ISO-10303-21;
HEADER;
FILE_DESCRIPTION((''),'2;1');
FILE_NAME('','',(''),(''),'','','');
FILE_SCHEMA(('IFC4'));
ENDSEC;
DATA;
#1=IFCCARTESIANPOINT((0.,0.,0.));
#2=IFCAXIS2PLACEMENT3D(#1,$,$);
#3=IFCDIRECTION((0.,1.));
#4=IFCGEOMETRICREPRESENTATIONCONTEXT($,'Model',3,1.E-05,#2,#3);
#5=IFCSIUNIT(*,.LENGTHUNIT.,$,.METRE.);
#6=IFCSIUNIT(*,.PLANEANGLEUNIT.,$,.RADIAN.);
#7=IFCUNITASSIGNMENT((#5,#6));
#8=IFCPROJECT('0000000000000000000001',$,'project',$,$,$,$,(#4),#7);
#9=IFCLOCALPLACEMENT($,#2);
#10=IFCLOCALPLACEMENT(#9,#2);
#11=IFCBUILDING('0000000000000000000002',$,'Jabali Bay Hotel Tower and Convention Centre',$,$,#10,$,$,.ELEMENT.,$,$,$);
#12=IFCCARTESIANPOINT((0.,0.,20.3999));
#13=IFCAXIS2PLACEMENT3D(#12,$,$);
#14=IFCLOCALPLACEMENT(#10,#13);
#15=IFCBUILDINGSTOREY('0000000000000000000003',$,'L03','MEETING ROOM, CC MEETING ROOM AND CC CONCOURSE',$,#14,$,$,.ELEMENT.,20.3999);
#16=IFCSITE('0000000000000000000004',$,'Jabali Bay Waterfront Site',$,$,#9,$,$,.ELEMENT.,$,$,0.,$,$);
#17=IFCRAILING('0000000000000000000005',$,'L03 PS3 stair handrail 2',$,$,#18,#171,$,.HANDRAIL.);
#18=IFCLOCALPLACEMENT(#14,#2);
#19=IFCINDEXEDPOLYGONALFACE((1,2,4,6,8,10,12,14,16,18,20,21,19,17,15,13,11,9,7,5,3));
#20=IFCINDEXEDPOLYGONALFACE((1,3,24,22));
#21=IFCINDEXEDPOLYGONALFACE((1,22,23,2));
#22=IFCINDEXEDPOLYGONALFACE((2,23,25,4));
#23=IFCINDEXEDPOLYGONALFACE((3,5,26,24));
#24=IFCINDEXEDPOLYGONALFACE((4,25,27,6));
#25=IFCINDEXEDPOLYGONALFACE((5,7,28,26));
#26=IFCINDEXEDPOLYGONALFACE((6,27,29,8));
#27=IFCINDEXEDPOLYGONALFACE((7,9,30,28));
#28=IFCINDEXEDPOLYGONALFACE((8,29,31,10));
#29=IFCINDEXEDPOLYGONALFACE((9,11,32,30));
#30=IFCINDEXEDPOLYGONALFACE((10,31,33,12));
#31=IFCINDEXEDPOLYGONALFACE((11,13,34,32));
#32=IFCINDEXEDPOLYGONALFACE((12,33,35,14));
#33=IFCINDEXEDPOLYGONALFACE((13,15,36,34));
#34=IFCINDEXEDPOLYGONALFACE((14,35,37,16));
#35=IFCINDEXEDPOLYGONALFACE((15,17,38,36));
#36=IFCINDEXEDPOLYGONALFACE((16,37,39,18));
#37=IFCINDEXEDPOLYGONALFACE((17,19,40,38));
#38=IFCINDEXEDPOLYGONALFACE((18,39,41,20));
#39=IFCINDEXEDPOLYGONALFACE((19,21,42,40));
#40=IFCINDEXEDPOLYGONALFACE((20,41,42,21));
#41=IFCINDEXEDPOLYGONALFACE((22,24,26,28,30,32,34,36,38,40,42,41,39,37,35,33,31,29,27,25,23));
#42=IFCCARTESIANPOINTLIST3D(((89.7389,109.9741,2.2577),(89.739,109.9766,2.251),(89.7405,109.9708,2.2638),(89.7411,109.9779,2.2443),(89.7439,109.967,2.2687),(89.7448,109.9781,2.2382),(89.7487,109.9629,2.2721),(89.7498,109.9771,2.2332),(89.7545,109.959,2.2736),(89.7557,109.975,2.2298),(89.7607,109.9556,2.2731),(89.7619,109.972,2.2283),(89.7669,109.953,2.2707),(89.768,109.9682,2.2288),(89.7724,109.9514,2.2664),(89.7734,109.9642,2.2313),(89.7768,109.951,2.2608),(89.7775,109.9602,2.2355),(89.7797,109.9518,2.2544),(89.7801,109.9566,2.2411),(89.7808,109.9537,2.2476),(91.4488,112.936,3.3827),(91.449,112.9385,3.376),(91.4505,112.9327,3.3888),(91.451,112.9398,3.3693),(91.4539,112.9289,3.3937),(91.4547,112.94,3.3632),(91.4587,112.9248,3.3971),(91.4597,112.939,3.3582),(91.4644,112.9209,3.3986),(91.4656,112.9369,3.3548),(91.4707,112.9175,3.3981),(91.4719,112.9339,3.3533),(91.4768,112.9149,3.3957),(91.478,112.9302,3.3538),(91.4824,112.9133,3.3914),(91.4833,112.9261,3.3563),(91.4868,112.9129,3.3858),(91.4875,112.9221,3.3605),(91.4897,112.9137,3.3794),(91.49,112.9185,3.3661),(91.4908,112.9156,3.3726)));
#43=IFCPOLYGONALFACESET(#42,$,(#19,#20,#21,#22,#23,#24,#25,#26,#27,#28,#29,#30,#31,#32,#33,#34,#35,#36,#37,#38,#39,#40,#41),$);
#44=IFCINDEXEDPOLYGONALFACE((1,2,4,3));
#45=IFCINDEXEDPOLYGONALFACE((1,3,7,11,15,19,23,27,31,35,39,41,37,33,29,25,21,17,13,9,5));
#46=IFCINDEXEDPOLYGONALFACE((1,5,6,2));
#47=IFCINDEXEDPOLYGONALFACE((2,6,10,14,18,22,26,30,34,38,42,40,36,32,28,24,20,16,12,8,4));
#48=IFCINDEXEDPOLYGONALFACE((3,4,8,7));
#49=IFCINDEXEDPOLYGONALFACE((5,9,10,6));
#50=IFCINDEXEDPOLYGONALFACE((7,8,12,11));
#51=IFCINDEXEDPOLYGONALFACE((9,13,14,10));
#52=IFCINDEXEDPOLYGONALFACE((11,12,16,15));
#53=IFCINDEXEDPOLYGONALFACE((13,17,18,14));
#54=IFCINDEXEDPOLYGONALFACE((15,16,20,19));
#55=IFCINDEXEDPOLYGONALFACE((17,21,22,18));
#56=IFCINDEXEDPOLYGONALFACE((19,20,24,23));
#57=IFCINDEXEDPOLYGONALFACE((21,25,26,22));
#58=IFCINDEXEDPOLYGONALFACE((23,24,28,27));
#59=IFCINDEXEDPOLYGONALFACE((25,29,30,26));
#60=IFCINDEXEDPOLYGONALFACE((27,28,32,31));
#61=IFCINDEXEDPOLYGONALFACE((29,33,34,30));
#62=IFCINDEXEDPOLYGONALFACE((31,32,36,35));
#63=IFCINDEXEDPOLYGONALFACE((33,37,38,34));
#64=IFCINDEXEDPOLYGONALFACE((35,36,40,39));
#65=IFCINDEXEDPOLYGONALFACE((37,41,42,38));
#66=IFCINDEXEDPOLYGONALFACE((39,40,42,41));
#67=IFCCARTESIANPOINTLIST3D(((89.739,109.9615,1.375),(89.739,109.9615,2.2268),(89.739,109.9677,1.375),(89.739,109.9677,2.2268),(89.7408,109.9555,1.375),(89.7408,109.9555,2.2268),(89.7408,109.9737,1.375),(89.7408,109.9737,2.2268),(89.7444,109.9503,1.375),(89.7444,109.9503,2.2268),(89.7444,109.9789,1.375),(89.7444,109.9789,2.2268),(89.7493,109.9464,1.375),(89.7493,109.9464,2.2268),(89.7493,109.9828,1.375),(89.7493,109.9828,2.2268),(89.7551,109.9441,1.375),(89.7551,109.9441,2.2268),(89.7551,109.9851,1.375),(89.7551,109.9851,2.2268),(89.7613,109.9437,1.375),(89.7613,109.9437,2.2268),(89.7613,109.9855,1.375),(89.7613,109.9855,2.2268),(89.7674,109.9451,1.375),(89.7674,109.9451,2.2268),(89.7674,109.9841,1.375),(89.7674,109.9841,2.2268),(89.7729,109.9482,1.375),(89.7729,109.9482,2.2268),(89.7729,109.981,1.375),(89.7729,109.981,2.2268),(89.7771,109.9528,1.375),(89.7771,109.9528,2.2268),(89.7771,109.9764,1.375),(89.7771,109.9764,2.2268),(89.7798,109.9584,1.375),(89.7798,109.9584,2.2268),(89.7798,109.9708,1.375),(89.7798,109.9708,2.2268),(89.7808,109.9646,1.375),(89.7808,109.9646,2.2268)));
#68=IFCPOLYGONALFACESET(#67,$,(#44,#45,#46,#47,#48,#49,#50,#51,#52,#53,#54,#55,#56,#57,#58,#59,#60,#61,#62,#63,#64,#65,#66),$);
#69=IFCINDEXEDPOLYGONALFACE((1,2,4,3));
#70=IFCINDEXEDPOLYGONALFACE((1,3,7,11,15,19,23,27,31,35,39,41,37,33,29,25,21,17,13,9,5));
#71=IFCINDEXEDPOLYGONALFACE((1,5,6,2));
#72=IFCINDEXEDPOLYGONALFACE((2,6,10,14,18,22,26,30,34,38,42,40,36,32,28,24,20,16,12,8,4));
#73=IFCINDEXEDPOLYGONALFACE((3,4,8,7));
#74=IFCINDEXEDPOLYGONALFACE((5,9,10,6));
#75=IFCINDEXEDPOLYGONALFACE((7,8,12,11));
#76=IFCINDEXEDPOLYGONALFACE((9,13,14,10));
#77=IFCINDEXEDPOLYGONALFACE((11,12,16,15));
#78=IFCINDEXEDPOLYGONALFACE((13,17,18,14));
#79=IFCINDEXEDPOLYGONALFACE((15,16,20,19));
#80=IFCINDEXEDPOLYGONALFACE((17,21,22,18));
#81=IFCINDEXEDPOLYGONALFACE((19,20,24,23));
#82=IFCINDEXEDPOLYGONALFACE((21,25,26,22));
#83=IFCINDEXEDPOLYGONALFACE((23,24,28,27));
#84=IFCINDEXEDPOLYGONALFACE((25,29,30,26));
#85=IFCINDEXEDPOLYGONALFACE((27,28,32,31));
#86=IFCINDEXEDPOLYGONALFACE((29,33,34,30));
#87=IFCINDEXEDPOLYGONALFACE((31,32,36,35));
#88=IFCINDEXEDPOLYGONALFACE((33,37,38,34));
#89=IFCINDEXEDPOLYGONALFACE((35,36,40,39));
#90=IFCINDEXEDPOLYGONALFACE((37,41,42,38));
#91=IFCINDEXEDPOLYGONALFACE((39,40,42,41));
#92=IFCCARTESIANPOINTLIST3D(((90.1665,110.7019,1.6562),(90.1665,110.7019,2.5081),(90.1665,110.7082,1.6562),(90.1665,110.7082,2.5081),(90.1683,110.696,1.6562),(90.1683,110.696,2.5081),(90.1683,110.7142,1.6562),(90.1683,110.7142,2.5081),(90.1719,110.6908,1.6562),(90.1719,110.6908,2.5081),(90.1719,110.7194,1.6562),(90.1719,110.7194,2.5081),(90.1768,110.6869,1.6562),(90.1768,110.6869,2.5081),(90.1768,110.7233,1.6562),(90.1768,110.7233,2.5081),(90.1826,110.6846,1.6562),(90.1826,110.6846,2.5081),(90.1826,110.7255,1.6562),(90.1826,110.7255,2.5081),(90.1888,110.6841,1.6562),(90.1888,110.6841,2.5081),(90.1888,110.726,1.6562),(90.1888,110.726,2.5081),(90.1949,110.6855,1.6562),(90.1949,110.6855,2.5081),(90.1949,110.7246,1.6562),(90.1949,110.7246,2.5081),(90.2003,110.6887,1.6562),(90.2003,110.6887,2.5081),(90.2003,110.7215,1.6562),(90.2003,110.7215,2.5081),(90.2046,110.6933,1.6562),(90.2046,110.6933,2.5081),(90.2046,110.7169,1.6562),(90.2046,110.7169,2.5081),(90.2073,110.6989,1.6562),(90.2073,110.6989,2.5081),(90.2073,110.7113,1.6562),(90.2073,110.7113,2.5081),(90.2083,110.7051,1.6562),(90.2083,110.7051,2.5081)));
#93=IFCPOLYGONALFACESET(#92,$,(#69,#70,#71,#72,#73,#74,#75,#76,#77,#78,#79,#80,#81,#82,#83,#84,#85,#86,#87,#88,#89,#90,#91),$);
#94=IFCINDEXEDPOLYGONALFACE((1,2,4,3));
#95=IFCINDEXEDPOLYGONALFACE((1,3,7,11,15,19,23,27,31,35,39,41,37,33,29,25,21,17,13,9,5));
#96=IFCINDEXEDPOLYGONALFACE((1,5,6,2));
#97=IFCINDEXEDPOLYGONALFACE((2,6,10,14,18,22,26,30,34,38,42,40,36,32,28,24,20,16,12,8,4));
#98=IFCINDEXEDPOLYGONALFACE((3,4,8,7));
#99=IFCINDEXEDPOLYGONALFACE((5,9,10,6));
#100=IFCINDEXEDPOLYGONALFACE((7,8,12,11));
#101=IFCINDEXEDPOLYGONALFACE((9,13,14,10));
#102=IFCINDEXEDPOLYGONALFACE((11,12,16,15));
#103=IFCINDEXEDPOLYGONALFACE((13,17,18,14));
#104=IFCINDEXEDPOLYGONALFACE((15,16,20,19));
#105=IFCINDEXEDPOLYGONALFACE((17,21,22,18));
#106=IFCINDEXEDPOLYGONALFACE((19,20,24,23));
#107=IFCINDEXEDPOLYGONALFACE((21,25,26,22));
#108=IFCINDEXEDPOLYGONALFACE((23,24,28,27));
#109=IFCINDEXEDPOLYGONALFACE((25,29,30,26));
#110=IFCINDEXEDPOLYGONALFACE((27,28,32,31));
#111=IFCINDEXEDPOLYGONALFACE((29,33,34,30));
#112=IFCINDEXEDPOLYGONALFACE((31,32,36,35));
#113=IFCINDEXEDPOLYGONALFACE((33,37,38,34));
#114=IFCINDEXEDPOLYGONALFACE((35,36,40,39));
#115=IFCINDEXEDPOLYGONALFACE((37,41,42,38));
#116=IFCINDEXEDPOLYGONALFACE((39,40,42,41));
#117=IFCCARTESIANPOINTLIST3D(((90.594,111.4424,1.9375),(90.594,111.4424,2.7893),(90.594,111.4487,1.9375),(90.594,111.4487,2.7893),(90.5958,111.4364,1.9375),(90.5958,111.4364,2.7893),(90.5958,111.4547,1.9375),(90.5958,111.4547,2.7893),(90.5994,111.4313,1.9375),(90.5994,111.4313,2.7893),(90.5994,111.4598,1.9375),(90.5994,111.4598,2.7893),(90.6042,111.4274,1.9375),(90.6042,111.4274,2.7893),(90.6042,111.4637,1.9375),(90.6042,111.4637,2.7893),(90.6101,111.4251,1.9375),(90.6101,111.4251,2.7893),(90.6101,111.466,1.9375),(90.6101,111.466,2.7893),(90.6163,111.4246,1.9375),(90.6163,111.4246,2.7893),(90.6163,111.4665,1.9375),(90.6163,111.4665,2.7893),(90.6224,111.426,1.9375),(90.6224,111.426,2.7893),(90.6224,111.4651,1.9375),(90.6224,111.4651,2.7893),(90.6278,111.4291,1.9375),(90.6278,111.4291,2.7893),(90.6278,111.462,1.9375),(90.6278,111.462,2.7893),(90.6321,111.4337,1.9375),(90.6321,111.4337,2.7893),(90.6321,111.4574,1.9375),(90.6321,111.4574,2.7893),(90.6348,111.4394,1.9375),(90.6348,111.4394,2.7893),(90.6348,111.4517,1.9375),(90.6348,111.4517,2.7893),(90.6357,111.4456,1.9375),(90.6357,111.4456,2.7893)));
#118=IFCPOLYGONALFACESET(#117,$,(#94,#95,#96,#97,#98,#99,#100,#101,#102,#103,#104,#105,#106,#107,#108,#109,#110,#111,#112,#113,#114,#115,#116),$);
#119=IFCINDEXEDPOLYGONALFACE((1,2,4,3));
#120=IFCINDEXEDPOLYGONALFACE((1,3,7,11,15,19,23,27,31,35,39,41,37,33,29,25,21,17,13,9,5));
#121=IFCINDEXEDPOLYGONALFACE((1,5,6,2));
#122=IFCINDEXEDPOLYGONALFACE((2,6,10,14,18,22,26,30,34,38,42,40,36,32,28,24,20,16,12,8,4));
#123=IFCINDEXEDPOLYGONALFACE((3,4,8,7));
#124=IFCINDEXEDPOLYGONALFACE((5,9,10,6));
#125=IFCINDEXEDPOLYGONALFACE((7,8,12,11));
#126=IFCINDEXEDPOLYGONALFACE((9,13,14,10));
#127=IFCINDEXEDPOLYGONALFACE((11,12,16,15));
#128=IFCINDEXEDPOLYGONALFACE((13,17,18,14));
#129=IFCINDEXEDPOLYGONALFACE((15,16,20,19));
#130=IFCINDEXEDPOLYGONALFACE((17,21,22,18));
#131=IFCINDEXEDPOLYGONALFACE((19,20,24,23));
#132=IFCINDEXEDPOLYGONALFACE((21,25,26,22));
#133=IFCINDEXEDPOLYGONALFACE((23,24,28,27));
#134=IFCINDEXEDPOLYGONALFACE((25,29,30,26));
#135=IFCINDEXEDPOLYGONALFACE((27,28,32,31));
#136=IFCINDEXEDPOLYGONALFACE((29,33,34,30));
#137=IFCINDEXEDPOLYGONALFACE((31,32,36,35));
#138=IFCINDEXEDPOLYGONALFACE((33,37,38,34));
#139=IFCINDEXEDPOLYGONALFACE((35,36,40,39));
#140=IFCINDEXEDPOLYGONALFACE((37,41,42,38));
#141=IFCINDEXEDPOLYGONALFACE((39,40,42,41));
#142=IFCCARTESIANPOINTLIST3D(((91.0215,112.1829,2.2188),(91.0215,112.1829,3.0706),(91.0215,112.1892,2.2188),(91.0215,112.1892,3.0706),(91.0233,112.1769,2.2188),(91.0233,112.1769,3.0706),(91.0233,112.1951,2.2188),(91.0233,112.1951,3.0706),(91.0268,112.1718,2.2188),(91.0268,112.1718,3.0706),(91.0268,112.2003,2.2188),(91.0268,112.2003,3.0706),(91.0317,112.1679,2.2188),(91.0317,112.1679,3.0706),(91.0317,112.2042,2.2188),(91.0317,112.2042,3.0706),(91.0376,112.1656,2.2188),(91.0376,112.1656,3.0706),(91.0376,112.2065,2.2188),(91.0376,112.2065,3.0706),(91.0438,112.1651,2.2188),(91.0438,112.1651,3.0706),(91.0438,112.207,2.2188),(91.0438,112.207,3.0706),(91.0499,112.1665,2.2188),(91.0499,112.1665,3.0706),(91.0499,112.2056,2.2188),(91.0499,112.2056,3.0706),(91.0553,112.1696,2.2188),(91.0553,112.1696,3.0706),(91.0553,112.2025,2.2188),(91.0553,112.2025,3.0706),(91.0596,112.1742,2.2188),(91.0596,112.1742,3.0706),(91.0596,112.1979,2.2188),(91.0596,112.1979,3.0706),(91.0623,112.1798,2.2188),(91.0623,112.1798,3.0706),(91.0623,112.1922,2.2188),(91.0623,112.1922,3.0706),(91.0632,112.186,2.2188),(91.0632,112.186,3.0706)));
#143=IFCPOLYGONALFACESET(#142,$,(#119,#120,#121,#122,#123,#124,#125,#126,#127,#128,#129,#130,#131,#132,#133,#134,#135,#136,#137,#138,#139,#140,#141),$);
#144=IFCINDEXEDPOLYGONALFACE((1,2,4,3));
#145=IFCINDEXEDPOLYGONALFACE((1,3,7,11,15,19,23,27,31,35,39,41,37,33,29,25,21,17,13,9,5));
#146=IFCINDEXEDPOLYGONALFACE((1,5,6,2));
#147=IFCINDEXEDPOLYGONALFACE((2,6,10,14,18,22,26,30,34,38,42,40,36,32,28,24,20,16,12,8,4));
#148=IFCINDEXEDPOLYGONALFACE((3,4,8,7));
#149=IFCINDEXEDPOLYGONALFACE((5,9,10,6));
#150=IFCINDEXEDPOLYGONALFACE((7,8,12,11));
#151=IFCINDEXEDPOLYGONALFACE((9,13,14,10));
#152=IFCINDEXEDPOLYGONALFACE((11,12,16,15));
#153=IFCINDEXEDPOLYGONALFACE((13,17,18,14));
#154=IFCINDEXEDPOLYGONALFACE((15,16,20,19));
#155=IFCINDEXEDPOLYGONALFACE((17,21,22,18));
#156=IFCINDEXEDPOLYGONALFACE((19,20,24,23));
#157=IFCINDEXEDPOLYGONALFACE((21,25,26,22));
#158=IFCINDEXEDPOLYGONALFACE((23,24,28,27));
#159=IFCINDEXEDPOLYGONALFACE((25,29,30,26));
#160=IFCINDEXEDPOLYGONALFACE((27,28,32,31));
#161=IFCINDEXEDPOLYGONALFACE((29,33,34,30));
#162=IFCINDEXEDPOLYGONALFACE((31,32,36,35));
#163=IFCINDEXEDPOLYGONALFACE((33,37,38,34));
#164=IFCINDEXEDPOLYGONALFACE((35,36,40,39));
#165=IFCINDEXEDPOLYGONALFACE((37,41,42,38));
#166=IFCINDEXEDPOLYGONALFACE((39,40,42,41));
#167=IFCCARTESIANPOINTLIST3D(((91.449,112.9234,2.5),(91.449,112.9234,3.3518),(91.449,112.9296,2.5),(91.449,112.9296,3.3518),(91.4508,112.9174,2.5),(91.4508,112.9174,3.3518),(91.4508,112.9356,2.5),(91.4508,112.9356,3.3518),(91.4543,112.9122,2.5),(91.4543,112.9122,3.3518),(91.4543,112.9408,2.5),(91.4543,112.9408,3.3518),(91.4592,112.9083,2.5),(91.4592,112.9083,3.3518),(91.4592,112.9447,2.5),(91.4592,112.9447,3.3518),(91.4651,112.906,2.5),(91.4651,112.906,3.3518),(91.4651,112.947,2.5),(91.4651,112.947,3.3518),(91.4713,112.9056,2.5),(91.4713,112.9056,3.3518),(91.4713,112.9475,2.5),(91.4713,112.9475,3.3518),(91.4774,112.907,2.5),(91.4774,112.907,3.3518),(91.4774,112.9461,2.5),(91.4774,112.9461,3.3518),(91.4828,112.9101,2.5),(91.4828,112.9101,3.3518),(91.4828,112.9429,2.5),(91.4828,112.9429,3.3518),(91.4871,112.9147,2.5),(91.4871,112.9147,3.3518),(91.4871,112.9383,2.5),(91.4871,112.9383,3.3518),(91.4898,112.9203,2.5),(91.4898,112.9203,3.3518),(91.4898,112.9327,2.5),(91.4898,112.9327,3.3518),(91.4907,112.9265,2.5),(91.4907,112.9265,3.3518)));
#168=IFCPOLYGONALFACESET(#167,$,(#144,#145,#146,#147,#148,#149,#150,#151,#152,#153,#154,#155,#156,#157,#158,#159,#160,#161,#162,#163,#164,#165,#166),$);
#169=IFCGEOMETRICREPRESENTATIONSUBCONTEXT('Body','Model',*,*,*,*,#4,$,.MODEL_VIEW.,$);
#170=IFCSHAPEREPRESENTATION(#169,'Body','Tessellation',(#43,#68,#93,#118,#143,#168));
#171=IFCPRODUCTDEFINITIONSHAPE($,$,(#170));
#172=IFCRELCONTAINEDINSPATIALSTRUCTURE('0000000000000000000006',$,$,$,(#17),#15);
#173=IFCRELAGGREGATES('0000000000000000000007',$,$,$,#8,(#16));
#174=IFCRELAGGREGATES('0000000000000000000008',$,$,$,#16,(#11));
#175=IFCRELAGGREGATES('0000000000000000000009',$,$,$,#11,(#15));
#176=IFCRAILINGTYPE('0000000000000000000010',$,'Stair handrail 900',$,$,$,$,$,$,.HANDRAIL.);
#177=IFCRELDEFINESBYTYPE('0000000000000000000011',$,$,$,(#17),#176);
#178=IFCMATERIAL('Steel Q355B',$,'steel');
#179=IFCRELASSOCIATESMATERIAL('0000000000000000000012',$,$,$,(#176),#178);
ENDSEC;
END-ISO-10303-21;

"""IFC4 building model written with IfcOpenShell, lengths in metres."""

from ifc_helpers import new_model, si_unit, direction, frame, origin, origin_2d, place, context, subcontext, project, spatial, circle, extrude, material, type_object, element, save


model = new_model("IFC4")

# Units and contexts
model_context = context("Model", 3, precision=1e-05, world=origin(), true_north=direction((0.0, 1.0)))
body_context = subcontext(model_context, "Body", "Model", "MODEL_VIEW")
ifc_project = project(units=[si_unit("LENGTHUNIT", "METRE"), si_unit("PLANEANGLEUNIT", "RADIAN")], contexts=[model_context])

# Site, building, storey
site_placement = place(None, origin())
site = spatial("IfcSite", under=ifc_project, at=site_placement, Name="Jabali Bay Waterfront Site", CompositionType="ELEMENT", RefElevation=0.0)
building_placement = place(site_placement, origin())
building = spatial("IfcBuilding", under=site, at=building_placement, Name="Jabali Bay Hotel Tower and Convention Centre", CompositionType="ELEMENT")
storey_placement = place(building_placement, frame((0.0, 0.0, 20.3999)))
storey = spatial("IfcBuildingStorey", under=building, at=storey_placement, Name="L03", Description="MEETING ROOM, CC MEETING ROOM AND CC CONCOURSE", CompositionType="ELEMENT", Elevation=20.3999)

# Railing
ifc_material_1 = material(Name="Steel Q355B", Category="steel")
railing_type_1 = type_object("IfcRailingType", Name="Stair handrail 900", PredefinedType="HANDRAIL", material=ifc_material_1)
for number, where, name in (
    (1, (89.7598, 109.9646, 1.375), "L03 PS3 stair handrail 2"),
):
    element("IfcRailing", number, at=place(storey_placement, frame(where)), inside=storey, type_object=railing_type_1, Name=name, PredefinedType="HANDRAIL", context=body_context, shape_type="SweptSolid", body=[
        extrude(circle(Radius=0.0239, at=origin_2d()), frame((0.0, 0.0, 0.876), z_axis=(0.474943, 0.822674, 0.31247), x_axis=(-0.866038, 0.499978, 0.0)), (0.0, 0.0, 1.0), 3.6003),
        extrude(circle(Radius=0.021, at=origin_2d()), origin(), (0.0, 0.0, 1.0), 0.8518),
        extrude(circle(Radius=0.021, at=origin_2d()), frame((0.4275, 0.7405, 0.2812)), (0.0, 0.0, 1.0), 0.8518),
        extrude(circle(Radius=0.021, at=origin_2d()), frame((0.855, 1.481, 0.5625)), (0.0, 0.0, 1.0), 0.8518),
        extrude(circle(Radius=0.021, at=origin_2d()), frame((1.2825, 2.2214, 0.8438)), (0.0, 0.0, 1.0), 0.8518),
        extrude(circle(Radius=0.021, at=origin_2d()), frame((1.71, 2.9619, 1.125)), (0.0, 0.0, 1.0), 0.8518),
    ])

save(model, "model.ifc")
